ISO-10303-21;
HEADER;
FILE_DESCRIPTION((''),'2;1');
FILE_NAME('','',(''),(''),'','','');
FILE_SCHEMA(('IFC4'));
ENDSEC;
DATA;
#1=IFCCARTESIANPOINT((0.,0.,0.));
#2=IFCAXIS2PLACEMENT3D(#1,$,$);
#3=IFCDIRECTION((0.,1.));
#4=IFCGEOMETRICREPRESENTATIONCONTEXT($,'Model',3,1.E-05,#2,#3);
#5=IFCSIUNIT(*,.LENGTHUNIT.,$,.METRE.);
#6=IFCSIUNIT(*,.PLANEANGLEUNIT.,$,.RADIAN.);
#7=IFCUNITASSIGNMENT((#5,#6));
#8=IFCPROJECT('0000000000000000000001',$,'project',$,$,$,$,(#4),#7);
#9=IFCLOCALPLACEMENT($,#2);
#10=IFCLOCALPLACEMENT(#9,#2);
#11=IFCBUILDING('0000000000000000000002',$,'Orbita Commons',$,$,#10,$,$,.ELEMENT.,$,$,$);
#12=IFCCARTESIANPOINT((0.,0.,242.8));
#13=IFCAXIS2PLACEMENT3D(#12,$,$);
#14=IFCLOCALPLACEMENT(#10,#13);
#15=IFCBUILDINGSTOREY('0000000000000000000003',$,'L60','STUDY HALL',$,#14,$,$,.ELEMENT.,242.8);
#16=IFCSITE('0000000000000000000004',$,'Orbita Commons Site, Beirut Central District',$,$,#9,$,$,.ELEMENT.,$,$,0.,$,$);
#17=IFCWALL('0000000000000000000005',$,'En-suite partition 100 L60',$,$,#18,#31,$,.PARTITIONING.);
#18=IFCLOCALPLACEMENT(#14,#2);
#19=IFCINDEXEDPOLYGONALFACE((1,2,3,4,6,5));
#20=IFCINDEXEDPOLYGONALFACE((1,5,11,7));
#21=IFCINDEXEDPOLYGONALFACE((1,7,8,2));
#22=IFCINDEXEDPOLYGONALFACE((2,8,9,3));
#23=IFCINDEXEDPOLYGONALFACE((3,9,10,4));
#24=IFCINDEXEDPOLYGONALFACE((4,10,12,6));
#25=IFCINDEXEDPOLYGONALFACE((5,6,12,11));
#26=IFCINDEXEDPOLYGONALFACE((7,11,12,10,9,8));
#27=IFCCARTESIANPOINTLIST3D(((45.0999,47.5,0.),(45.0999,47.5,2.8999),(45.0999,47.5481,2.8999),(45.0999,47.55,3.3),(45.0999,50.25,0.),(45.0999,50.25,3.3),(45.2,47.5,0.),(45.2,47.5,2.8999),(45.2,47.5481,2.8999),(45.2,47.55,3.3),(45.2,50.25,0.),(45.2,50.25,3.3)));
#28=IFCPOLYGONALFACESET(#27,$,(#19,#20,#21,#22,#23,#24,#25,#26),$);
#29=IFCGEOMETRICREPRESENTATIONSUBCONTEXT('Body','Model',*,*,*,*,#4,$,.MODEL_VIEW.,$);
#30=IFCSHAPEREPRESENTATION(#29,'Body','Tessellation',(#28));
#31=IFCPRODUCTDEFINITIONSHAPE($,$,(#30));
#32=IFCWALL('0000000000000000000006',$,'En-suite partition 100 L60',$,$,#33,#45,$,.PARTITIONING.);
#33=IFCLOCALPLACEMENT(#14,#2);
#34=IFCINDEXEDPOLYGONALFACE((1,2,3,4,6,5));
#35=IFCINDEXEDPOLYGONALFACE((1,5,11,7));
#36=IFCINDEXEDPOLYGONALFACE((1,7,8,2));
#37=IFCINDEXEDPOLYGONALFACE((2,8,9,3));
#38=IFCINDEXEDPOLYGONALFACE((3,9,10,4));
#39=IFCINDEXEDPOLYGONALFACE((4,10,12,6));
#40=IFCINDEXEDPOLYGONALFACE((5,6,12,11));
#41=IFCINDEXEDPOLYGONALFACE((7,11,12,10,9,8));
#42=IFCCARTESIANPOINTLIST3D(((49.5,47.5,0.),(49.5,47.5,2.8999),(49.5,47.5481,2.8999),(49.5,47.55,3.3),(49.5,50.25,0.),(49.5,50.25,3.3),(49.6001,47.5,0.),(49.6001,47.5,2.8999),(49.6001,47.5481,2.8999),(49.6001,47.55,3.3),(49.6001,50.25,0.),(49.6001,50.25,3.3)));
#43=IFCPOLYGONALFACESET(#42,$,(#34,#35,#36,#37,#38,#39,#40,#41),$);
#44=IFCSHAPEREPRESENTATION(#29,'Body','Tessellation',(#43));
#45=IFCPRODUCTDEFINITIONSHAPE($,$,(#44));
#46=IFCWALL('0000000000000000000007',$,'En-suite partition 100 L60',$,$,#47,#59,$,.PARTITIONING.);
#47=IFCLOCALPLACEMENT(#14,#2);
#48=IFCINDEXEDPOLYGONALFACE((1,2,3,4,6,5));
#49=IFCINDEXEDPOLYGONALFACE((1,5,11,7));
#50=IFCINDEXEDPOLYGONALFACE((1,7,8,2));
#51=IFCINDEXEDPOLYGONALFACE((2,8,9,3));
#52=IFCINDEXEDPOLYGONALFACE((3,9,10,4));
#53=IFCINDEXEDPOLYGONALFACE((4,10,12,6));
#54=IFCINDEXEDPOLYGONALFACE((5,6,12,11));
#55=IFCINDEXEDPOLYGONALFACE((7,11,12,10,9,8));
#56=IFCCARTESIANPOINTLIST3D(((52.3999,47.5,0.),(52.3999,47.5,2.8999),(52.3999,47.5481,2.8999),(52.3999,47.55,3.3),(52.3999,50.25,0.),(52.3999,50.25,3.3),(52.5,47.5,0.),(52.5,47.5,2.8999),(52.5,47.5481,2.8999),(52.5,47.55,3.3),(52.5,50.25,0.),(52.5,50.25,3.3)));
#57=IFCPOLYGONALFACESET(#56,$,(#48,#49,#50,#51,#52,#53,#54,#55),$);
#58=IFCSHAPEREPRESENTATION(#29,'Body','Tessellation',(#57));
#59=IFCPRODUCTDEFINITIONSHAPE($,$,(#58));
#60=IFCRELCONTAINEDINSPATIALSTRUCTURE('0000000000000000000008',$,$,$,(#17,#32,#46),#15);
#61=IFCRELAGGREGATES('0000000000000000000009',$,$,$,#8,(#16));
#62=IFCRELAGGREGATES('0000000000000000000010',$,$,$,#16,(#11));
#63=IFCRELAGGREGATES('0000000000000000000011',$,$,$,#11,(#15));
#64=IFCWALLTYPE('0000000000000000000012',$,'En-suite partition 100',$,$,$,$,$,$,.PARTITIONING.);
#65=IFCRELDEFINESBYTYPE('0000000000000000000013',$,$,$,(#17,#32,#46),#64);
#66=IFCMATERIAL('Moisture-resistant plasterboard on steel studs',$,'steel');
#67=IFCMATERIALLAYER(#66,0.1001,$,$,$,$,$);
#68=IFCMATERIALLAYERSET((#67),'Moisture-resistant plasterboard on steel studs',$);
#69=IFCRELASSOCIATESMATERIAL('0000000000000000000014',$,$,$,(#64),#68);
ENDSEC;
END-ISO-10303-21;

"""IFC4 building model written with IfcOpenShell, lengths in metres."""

from ifc_helpers import new_model, si_unit, direction, frame, origin, place, context, subcontext, project, spatial, polyline, outline, extrude, material, layer, layer_set, type_object, element, save


model = new_model("IFC4")

# Units and contexts
model_context = context("Model", 3, precision=1e-05, world=origin(), true_north=direction((0.0, 1.0)))
body_context = subcontext(model_context, "Body", "Model", "MODEL_VIEW")
ifc_project = project(units=[si_unit("LENGTHUNIT", "METRE"), si_unit("PLANEANGLEUNIT", "RADIAN")], contexts=[model_context])

# Site, building, storey
site_placement = place(None, origin())
site = spatial("IfcSite", under=ifc_project, at=site_placement, Name="Orbita Commons Site, Beirut Central District", CompositionType="ELEMENT", RefElevation=0.0)
building_placement = place(site_placement, origin())
building = spatial("IfcBuilding", under=site, at=building_placement, Name="Orbita Commons", CompositionType="ELEMENT")
storey_placement = place(building_placement, frame((0.0, 0.0, 242.8)))
storey = spatial("IfcBuildingStorey", under=building, at=storey_placement, Name="L60", Description="STUDY HALL", CompositionType="ELEMENT", Elevation=242.8)

# Shared definitions
ifc_material_1 = material(Name="Moisture-resistant plasterboard on steel studs", Category="steel")
ifc_layer_1 = layer(ifc_material_1, 0.1001)
ifc_layer_set_1 = layer_set([ifc_layer_1], Name="Moisture-resistant plasterboard on steel studs")
wall_type_1 = type_object("IfcWallType", Name="En-suite partition 100", PredefinedType="PARTITIONING", material=ifc_layer_set_1)

# Walls
for number, where, z_axis, x_axis, name in (
    (1, (45.1499, 50.25, 0.0), (0.0, 0.0, 1.0), (0.0, -1.0, 0.0), "En-suite partition 100 L60"),
    (2, (49.55, 50.25, 0.0), (0.0, 0.0, 1.0), (0.0, -1.0, 0.0), "En-suite partition 100 L60"),
    (3, (52.45, 50.25, 0.0), (0.0, 0.0, 1.0), (0.0, -1.0, 0.0), "En-suite partition 100 L60"),
):
    element("IfcWall", number, at=place(storey_placement, frame(where, z_axis=z_axis, x_axis=x_axis)), inside=storey, type_object=wall_type_1, Name=name, PredefinedType="PARTITIONING", context=body_context, shape_type="SweptSolid", body=[
        extrude(outline(polyline([(0.0, 0.0), (2.75, 0.0), (2.75, 2.8999), (2.7019, 2.8999), (2.7, 3.3), (0.0, 3.3), (0.0, 0.0)])), frame((0.0, 0.05, 0.0), z_axis=(0.0, -1.0, 0.0), x_axis=(1.0, 0.0, 0.0)), (0.0, 0.0, 1.0), 0.1001),
    ])

save(model, "model.ifc")
